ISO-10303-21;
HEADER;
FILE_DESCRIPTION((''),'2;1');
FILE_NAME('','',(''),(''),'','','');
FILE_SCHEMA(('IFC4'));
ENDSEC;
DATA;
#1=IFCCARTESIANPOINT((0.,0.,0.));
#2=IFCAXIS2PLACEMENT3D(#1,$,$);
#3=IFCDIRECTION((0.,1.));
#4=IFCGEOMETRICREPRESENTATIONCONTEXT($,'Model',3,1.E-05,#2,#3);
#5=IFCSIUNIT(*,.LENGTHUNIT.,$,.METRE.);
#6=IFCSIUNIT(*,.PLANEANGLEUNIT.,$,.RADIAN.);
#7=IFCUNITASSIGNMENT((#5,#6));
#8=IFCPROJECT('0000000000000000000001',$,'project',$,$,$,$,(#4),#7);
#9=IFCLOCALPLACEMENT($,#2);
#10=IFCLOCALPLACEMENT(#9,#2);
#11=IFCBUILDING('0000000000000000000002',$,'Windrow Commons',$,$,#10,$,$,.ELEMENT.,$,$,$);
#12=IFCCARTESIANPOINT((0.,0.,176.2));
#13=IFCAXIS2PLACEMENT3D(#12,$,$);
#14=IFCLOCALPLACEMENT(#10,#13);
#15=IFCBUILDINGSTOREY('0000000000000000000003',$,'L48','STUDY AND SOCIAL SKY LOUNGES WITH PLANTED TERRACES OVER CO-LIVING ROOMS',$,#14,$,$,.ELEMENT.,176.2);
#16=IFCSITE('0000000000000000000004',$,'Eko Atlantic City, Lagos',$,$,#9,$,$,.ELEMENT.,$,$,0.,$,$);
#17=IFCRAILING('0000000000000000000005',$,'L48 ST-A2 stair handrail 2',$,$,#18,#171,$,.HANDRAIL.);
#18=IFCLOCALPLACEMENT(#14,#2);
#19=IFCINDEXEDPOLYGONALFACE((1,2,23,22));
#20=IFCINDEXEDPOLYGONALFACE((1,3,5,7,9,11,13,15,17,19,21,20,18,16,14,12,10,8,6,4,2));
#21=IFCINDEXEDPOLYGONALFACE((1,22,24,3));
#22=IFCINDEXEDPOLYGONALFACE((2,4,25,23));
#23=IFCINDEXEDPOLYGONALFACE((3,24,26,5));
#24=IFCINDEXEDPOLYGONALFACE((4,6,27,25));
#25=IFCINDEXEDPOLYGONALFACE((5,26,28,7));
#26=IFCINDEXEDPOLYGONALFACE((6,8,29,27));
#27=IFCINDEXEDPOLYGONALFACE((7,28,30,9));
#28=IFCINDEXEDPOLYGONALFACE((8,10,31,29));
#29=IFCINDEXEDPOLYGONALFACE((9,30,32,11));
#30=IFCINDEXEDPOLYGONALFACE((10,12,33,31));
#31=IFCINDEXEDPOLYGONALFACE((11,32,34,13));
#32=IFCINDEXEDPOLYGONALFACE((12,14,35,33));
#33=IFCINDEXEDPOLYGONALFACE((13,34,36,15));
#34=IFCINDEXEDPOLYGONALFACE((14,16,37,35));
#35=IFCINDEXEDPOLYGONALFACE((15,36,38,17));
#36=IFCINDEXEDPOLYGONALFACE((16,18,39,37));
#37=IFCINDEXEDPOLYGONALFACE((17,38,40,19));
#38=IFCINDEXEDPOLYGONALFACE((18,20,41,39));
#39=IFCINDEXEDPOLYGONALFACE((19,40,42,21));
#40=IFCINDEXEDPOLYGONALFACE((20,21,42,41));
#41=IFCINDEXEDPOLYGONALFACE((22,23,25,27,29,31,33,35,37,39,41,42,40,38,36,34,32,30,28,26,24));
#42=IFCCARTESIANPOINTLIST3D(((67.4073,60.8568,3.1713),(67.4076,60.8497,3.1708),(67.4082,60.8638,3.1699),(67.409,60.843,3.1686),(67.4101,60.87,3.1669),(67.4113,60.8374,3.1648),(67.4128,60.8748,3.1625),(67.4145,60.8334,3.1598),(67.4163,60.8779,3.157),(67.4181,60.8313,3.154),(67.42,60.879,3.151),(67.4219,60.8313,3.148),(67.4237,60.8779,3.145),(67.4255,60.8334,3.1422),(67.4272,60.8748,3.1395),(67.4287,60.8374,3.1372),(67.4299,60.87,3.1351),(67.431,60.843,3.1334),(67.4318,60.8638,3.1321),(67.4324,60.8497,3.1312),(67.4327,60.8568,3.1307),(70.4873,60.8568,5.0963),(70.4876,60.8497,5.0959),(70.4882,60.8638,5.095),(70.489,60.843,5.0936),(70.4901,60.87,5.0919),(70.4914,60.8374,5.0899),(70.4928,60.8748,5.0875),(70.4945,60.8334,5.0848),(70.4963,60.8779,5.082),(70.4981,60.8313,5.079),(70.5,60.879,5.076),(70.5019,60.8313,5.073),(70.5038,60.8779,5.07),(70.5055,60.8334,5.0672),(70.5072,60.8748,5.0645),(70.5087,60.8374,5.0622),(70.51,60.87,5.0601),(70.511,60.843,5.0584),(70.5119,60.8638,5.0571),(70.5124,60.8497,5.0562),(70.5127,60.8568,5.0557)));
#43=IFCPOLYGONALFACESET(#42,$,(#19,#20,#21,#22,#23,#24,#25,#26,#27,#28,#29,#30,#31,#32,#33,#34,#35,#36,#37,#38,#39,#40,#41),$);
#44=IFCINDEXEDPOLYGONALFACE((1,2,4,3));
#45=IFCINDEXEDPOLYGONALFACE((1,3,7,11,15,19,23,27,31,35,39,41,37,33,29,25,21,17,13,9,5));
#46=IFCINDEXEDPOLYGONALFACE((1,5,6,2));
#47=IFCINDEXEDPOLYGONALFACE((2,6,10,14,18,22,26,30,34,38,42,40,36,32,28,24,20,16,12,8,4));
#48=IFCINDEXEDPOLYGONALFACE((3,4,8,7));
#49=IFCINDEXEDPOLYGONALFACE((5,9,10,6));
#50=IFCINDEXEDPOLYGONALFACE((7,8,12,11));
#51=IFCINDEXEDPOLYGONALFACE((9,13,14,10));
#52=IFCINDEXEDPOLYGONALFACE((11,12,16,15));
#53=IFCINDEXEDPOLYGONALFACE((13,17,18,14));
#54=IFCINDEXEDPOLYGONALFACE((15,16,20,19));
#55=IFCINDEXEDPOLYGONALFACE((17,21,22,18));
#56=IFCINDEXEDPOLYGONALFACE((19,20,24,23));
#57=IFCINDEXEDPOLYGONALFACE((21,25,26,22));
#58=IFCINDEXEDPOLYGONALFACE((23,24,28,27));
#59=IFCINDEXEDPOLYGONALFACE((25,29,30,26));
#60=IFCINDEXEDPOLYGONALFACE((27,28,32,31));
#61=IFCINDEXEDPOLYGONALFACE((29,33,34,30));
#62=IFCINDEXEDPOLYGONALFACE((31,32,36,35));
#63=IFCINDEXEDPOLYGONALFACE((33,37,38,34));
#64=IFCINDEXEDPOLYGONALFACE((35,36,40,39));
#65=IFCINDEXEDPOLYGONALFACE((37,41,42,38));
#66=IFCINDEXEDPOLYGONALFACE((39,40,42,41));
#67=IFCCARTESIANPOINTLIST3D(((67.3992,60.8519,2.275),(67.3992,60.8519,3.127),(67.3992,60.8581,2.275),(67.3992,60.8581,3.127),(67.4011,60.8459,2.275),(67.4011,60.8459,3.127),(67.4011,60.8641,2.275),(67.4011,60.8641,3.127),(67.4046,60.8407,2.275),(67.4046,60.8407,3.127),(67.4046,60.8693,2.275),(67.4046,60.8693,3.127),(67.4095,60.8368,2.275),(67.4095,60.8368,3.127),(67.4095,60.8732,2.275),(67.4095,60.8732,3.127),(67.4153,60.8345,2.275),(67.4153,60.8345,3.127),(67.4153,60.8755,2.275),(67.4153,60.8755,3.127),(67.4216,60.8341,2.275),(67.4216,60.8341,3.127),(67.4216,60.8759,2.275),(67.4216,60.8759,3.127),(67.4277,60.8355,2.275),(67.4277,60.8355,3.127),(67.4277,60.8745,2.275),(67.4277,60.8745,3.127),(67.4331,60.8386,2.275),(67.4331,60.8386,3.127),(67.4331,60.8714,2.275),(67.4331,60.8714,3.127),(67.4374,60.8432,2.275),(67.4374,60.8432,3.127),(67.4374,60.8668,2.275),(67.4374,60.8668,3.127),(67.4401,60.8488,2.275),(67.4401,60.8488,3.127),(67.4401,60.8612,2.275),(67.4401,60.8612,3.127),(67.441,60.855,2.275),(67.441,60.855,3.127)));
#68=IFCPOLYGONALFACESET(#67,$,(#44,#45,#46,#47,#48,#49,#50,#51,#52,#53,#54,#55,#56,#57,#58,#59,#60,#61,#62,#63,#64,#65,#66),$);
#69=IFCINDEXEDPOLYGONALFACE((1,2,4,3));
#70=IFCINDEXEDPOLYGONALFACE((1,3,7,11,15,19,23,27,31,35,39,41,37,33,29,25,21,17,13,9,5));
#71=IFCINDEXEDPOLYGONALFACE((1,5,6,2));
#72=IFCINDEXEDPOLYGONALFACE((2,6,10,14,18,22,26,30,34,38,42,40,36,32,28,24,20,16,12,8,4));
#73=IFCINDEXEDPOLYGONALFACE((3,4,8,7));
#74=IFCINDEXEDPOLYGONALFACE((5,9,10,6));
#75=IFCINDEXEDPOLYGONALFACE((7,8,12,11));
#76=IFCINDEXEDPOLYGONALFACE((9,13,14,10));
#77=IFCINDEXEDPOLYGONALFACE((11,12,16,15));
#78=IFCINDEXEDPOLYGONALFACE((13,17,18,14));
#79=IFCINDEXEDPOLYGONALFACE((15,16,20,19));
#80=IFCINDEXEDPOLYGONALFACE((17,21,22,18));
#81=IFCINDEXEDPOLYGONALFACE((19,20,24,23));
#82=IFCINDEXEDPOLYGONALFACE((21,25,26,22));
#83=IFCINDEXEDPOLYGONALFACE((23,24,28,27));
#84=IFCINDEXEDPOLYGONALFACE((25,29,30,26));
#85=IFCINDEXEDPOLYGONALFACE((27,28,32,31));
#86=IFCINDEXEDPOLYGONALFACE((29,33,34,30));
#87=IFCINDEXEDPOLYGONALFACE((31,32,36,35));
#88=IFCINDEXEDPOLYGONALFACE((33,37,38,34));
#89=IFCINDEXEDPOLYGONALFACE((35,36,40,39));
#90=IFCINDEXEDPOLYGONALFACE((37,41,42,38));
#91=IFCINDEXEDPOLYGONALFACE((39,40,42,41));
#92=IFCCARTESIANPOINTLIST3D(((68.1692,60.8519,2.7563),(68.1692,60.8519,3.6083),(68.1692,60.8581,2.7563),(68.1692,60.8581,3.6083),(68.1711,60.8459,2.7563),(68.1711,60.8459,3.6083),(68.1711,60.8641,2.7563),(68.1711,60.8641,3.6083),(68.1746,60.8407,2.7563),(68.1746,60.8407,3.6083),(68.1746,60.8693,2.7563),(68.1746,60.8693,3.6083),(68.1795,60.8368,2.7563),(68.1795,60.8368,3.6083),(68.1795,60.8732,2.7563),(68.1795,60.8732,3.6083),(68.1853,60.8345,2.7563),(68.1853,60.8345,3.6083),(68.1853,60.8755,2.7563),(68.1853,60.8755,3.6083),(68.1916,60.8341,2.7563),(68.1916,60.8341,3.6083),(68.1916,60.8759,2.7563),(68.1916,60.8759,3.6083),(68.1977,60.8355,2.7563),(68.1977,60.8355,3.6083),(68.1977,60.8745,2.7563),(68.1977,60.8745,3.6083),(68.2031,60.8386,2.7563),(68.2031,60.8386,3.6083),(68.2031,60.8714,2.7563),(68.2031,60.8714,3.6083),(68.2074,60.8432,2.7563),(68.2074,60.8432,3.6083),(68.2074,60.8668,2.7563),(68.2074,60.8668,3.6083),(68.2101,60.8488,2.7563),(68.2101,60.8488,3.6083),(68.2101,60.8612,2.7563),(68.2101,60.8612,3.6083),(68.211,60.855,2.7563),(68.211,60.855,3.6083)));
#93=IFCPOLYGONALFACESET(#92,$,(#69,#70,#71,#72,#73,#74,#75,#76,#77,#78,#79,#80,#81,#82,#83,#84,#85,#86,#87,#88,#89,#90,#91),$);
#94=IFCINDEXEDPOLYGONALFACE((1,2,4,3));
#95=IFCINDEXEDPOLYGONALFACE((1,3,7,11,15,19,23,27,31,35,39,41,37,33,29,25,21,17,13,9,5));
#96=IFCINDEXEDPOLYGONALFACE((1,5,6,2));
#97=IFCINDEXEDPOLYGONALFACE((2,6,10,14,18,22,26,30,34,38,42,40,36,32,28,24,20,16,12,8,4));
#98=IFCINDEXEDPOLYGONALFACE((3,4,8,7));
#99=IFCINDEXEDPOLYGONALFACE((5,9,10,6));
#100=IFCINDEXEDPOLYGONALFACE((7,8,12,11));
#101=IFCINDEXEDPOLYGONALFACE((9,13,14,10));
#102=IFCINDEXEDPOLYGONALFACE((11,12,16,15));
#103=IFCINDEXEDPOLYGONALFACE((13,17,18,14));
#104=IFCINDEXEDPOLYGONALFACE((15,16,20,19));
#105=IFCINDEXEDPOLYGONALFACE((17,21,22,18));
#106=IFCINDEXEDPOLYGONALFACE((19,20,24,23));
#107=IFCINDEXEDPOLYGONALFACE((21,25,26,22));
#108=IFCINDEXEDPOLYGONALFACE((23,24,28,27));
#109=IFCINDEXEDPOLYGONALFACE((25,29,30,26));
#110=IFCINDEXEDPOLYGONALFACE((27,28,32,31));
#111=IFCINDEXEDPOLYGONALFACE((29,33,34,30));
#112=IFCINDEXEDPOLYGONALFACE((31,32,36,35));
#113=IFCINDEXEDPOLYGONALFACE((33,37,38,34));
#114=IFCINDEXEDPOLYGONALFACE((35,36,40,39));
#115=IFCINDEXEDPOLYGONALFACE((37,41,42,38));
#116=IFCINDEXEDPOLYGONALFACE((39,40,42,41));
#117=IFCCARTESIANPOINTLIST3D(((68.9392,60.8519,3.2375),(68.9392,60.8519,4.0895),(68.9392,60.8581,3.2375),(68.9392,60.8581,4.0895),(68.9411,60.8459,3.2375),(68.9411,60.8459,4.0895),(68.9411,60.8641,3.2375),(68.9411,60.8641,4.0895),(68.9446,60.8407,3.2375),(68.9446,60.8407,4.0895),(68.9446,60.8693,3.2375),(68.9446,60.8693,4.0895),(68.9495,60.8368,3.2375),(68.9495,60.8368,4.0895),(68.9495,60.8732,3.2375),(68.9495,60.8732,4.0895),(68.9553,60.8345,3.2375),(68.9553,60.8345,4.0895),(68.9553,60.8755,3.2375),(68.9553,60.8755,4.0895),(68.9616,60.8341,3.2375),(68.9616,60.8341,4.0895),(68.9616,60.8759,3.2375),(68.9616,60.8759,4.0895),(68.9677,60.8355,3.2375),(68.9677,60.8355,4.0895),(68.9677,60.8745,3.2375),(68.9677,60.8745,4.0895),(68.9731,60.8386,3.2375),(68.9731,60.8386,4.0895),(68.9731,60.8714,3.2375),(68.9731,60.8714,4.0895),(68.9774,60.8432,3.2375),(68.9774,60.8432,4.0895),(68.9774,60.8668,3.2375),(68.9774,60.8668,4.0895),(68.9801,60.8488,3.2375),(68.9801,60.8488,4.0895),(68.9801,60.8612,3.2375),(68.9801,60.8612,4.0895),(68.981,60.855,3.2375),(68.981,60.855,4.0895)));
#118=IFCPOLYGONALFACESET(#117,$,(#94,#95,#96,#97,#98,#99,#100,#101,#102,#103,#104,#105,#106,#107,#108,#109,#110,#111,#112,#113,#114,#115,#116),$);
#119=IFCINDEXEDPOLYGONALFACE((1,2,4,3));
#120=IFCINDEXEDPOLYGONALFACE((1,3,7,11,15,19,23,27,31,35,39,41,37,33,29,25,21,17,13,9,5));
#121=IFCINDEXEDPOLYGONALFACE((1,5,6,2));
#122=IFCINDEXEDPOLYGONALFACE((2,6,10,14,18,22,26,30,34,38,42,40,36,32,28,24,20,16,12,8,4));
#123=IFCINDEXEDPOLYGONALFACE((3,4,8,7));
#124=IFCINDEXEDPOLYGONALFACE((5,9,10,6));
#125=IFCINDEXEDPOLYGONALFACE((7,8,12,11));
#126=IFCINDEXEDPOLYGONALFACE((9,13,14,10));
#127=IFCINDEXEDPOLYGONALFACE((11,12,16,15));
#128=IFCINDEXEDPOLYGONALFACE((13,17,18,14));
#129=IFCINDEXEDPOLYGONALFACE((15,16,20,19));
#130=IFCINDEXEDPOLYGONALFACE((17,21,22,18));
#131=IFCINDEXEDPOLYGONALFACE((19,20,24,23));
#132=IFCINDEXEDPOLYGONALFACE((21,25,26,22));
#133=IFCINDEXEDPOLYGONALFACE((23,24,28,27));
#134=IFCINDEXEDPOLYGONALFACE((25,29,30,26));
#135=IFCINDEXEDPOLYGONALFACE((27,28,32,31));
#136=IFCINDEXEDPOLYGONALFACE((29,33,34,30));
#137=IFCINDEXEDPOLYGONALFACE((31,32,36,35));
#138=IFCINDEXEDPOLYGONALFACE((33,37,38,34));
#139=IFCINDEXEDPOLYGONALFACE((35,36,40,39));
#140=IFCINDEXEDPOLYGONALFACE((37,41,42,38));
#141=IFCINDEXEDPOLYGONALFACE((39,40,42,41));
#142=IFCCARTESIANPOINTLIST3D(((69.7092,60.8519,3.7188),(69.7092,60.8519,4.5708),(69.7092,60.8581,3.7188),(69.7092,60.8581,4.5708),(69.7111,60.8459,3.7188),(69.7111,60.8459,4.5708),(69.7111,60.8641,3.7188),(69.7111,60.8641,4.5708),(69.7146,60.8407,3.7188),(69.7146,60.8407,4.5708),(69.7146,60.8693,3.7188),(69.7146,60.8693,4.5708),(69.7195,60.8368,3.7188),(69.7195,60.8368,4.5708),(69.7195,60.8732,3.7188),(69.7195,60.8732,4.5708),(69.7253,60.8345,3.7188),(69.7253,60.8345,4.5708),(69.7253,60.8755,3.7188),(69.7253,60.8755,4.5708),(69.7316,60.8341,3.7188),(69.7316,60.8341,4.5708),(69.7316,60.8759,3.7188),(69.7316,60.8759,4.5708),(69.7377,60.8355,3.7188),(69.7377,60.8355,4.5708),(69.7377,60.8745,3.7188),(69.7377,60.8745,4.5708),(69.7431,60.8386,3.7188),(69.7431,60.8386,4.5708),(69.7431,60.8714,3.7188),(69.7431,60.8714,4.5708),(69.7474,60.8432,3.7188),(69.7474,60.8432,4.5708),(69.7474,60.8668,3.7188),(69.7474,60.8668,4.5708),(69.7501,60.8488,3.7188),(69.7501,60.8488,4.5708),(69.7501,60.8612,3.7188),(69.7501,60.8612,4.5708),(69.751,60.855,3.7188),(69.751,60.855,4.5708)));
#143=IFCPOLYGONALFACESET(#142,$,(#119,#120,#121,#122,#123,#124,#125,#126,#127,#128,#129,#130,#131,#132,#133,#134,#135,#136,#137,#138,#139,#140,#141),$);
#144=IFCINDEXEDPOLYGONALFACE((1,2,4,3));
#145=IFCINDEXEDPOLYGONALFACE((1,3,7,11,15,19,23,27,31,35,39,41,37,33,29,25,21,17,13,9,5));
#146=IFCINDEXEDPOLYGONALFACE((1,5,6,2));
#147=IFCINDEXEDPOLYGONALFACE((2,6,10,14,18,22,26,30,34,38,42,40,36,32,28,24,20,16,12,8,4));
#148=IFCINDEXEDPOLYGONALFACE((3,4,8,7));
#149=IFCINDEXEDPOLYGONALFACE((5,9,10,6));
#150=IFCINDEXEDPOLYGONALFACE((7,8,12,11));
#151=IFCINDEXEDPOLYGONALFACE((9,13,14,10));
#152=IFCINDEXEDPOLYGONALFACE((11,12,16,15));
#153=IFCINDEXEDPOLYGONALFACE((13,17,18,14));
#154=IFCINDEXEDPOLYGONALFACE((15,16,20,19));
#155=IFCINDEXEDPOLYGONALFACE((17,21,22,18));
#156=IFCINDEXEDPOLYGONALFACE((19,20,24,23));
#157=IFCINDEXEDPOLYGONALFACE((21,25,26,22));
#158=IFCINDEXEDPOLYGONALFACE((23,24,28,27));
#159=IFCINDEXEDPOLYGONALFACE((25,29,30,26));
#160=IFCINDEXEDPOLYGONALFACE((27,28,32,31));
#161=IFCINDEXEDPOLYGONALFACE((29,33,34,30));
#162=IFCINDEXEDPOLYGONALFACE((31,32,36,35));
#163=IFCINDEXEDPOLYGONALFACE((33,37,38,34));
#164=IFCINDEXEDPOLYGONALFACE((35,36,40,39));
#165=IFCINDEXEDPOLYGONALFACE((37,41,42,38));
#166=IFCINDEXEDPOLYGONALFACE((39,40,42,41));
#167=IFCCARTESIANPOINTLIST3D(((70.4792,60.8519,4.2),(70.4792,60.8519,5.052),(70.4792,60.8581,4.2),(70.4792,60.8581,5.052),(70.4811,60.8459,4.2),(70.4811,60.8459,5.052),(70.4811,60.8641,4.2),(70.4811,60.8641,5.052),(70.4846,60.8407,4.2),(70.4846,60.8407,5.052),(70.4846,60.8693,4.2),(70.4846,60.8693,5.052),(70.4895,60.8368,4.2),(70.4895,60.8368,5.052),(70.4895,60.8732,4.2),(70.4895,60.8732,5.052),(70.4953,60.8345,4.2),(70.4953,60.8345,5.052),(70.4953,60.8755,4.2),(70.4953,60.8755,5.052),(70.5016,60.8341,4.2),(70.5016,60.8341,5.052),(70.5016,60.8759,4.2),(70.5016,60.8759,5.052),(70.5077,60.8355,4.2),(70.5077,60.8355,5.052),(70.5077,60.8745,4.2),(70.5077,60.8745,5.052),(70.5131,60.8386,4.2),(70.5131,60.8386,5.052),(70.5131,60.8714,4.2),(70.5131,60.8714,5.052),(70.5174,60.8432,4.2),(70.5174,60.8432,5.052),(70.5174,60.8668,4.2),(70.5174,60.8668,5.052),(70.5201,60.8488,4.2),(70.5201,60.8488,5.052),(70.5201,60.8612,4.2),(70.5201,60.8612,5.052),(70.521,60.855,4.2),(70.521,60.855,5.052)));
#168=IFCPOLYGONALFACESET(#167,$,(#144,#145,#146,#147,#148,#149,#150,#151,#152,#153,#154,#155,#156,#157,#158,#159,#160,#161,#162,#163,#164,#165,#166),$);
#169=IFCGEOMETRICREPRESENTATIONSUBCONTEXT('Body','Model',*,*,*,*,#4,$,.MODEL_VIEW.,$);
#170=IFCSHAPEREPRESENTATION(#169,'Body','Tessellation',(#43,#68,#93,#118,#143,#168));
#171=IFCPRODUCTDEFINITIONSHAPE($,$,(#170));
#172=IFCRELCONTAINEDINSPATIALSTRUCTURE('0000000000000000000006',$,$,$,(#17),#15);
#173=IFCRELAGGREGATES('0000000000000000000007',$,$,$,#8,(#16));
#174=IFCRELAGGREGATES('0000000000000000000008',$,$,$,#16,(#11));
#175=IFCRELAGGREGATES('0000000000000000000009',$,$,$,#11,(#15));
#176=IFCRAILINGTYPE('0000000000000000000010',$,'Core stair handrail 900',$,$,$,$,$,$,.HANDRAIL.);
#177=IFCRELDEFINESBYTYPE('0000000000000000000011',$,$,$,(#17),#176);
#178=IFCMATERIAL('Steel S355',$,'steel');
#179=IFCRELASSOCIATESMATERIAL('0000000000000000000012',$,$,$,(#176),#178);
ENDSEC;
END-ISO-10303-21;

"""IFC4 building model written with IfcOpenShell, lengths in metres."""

from ifc_helpers import new_model, si_unit, direction, frame, origin, origin_2d, place, context, subcontext, project, spatial, circle, extrude, material, type_object, element, save


model = new_model("IFC4")

# Units and contexts
model_context = context("Model", 3, precision=1e-05, world=origin(), true_north=direction((0.0, 1.0)))
body_context = subcontext(model_context, "Body", "Model", "MODEL_VIEW")
ifc_project = project(units=[si_unit("LENGTHUNIT", "METRE"), si_unit("PLANEANGLEUNIT", "RADIAN")], contexts=[model_context])

# Site, building, storey
site_placement = place(None, origin())
site = spatial("IfcSite", under=ifc_project, at=site_placement, Name="Eko Atlantic City, Lagos", CompositionType="ELEMENT", RefElevation=0.0)
building_placement = place(site_placement, origin())
building = spatial("IfcBuilding", under=site, at=building_placement, Name="Windrow Commons", CompositionType="ELEMENT")
storey_placement = place(building_placement, frame((0.0, 0.0, 176.2)))
storey = spatial("IfcBuildingStorey", under=building, at=storey_placement, Name="L48", Description="STUDY AND SOCIAL SKY LOUNGES WITH PLANTED TERRACES OVER CO-LIVING ROOMS", CompositionType="ELEMENT", Elevation=176.2)

# Railing
ifc_material_1 = material(Name="Steel S355", Category="steel")
railing_type_1 = type_object("IfcRailingType", Name="Core stair handrail 900", PredefinedType="HANDRAIL", material=ifc_material_1)
railing_1_placement = place(storey_placement, frame((67.42, 60.855, 2.275)))
element("IfcRailing", 1, at=railing_1_placement, inside=storey, type_object=railing_type_1, Name="L48 ST-A2 stair handrail 2", PredefinedType="HANDRAIL", context=body_context, shape_type="SweptSolid", body=[
    extrude(circle(Radius=0.024, at=origin_2d()), frame((0.0, 0.0, 0.876), z_axis=(0.847998, 0.0, 0.529999), x_axis=(0.0, 1.0, 0.0)), (0.0, 0.0, 1.0), 3.6321),
    extrude(circle(Radius=0.021, at=origin_2d()), origin(), (0.0, 0.0, 1.0), 0.852),
    extrude(circle(Radius=0.021, at=origin_2d()), frame((0.77, 0.0, 0.4813)), (0.0, 0.0, 1.0), 0.852),
    extrude(circle(Radius=0.021, at=origin_2d()), frame((1.54, 0.0, 0.9625)), (0.0, 0.0, 1.0), 0.852),
    extrude(circle(Radius=0.021, at=origin_2d()), frame((2.31, 0.0, 1.4438)), (0.0, 0.0, 1.0), 0.852),
    extrude(circle(Radius=0.021, at=origin_2d()), frame((3.08, 0.0, 1.925)), (0.0, 0.0, 1.0), 0.852),
])

save(model, "model.ifc")
